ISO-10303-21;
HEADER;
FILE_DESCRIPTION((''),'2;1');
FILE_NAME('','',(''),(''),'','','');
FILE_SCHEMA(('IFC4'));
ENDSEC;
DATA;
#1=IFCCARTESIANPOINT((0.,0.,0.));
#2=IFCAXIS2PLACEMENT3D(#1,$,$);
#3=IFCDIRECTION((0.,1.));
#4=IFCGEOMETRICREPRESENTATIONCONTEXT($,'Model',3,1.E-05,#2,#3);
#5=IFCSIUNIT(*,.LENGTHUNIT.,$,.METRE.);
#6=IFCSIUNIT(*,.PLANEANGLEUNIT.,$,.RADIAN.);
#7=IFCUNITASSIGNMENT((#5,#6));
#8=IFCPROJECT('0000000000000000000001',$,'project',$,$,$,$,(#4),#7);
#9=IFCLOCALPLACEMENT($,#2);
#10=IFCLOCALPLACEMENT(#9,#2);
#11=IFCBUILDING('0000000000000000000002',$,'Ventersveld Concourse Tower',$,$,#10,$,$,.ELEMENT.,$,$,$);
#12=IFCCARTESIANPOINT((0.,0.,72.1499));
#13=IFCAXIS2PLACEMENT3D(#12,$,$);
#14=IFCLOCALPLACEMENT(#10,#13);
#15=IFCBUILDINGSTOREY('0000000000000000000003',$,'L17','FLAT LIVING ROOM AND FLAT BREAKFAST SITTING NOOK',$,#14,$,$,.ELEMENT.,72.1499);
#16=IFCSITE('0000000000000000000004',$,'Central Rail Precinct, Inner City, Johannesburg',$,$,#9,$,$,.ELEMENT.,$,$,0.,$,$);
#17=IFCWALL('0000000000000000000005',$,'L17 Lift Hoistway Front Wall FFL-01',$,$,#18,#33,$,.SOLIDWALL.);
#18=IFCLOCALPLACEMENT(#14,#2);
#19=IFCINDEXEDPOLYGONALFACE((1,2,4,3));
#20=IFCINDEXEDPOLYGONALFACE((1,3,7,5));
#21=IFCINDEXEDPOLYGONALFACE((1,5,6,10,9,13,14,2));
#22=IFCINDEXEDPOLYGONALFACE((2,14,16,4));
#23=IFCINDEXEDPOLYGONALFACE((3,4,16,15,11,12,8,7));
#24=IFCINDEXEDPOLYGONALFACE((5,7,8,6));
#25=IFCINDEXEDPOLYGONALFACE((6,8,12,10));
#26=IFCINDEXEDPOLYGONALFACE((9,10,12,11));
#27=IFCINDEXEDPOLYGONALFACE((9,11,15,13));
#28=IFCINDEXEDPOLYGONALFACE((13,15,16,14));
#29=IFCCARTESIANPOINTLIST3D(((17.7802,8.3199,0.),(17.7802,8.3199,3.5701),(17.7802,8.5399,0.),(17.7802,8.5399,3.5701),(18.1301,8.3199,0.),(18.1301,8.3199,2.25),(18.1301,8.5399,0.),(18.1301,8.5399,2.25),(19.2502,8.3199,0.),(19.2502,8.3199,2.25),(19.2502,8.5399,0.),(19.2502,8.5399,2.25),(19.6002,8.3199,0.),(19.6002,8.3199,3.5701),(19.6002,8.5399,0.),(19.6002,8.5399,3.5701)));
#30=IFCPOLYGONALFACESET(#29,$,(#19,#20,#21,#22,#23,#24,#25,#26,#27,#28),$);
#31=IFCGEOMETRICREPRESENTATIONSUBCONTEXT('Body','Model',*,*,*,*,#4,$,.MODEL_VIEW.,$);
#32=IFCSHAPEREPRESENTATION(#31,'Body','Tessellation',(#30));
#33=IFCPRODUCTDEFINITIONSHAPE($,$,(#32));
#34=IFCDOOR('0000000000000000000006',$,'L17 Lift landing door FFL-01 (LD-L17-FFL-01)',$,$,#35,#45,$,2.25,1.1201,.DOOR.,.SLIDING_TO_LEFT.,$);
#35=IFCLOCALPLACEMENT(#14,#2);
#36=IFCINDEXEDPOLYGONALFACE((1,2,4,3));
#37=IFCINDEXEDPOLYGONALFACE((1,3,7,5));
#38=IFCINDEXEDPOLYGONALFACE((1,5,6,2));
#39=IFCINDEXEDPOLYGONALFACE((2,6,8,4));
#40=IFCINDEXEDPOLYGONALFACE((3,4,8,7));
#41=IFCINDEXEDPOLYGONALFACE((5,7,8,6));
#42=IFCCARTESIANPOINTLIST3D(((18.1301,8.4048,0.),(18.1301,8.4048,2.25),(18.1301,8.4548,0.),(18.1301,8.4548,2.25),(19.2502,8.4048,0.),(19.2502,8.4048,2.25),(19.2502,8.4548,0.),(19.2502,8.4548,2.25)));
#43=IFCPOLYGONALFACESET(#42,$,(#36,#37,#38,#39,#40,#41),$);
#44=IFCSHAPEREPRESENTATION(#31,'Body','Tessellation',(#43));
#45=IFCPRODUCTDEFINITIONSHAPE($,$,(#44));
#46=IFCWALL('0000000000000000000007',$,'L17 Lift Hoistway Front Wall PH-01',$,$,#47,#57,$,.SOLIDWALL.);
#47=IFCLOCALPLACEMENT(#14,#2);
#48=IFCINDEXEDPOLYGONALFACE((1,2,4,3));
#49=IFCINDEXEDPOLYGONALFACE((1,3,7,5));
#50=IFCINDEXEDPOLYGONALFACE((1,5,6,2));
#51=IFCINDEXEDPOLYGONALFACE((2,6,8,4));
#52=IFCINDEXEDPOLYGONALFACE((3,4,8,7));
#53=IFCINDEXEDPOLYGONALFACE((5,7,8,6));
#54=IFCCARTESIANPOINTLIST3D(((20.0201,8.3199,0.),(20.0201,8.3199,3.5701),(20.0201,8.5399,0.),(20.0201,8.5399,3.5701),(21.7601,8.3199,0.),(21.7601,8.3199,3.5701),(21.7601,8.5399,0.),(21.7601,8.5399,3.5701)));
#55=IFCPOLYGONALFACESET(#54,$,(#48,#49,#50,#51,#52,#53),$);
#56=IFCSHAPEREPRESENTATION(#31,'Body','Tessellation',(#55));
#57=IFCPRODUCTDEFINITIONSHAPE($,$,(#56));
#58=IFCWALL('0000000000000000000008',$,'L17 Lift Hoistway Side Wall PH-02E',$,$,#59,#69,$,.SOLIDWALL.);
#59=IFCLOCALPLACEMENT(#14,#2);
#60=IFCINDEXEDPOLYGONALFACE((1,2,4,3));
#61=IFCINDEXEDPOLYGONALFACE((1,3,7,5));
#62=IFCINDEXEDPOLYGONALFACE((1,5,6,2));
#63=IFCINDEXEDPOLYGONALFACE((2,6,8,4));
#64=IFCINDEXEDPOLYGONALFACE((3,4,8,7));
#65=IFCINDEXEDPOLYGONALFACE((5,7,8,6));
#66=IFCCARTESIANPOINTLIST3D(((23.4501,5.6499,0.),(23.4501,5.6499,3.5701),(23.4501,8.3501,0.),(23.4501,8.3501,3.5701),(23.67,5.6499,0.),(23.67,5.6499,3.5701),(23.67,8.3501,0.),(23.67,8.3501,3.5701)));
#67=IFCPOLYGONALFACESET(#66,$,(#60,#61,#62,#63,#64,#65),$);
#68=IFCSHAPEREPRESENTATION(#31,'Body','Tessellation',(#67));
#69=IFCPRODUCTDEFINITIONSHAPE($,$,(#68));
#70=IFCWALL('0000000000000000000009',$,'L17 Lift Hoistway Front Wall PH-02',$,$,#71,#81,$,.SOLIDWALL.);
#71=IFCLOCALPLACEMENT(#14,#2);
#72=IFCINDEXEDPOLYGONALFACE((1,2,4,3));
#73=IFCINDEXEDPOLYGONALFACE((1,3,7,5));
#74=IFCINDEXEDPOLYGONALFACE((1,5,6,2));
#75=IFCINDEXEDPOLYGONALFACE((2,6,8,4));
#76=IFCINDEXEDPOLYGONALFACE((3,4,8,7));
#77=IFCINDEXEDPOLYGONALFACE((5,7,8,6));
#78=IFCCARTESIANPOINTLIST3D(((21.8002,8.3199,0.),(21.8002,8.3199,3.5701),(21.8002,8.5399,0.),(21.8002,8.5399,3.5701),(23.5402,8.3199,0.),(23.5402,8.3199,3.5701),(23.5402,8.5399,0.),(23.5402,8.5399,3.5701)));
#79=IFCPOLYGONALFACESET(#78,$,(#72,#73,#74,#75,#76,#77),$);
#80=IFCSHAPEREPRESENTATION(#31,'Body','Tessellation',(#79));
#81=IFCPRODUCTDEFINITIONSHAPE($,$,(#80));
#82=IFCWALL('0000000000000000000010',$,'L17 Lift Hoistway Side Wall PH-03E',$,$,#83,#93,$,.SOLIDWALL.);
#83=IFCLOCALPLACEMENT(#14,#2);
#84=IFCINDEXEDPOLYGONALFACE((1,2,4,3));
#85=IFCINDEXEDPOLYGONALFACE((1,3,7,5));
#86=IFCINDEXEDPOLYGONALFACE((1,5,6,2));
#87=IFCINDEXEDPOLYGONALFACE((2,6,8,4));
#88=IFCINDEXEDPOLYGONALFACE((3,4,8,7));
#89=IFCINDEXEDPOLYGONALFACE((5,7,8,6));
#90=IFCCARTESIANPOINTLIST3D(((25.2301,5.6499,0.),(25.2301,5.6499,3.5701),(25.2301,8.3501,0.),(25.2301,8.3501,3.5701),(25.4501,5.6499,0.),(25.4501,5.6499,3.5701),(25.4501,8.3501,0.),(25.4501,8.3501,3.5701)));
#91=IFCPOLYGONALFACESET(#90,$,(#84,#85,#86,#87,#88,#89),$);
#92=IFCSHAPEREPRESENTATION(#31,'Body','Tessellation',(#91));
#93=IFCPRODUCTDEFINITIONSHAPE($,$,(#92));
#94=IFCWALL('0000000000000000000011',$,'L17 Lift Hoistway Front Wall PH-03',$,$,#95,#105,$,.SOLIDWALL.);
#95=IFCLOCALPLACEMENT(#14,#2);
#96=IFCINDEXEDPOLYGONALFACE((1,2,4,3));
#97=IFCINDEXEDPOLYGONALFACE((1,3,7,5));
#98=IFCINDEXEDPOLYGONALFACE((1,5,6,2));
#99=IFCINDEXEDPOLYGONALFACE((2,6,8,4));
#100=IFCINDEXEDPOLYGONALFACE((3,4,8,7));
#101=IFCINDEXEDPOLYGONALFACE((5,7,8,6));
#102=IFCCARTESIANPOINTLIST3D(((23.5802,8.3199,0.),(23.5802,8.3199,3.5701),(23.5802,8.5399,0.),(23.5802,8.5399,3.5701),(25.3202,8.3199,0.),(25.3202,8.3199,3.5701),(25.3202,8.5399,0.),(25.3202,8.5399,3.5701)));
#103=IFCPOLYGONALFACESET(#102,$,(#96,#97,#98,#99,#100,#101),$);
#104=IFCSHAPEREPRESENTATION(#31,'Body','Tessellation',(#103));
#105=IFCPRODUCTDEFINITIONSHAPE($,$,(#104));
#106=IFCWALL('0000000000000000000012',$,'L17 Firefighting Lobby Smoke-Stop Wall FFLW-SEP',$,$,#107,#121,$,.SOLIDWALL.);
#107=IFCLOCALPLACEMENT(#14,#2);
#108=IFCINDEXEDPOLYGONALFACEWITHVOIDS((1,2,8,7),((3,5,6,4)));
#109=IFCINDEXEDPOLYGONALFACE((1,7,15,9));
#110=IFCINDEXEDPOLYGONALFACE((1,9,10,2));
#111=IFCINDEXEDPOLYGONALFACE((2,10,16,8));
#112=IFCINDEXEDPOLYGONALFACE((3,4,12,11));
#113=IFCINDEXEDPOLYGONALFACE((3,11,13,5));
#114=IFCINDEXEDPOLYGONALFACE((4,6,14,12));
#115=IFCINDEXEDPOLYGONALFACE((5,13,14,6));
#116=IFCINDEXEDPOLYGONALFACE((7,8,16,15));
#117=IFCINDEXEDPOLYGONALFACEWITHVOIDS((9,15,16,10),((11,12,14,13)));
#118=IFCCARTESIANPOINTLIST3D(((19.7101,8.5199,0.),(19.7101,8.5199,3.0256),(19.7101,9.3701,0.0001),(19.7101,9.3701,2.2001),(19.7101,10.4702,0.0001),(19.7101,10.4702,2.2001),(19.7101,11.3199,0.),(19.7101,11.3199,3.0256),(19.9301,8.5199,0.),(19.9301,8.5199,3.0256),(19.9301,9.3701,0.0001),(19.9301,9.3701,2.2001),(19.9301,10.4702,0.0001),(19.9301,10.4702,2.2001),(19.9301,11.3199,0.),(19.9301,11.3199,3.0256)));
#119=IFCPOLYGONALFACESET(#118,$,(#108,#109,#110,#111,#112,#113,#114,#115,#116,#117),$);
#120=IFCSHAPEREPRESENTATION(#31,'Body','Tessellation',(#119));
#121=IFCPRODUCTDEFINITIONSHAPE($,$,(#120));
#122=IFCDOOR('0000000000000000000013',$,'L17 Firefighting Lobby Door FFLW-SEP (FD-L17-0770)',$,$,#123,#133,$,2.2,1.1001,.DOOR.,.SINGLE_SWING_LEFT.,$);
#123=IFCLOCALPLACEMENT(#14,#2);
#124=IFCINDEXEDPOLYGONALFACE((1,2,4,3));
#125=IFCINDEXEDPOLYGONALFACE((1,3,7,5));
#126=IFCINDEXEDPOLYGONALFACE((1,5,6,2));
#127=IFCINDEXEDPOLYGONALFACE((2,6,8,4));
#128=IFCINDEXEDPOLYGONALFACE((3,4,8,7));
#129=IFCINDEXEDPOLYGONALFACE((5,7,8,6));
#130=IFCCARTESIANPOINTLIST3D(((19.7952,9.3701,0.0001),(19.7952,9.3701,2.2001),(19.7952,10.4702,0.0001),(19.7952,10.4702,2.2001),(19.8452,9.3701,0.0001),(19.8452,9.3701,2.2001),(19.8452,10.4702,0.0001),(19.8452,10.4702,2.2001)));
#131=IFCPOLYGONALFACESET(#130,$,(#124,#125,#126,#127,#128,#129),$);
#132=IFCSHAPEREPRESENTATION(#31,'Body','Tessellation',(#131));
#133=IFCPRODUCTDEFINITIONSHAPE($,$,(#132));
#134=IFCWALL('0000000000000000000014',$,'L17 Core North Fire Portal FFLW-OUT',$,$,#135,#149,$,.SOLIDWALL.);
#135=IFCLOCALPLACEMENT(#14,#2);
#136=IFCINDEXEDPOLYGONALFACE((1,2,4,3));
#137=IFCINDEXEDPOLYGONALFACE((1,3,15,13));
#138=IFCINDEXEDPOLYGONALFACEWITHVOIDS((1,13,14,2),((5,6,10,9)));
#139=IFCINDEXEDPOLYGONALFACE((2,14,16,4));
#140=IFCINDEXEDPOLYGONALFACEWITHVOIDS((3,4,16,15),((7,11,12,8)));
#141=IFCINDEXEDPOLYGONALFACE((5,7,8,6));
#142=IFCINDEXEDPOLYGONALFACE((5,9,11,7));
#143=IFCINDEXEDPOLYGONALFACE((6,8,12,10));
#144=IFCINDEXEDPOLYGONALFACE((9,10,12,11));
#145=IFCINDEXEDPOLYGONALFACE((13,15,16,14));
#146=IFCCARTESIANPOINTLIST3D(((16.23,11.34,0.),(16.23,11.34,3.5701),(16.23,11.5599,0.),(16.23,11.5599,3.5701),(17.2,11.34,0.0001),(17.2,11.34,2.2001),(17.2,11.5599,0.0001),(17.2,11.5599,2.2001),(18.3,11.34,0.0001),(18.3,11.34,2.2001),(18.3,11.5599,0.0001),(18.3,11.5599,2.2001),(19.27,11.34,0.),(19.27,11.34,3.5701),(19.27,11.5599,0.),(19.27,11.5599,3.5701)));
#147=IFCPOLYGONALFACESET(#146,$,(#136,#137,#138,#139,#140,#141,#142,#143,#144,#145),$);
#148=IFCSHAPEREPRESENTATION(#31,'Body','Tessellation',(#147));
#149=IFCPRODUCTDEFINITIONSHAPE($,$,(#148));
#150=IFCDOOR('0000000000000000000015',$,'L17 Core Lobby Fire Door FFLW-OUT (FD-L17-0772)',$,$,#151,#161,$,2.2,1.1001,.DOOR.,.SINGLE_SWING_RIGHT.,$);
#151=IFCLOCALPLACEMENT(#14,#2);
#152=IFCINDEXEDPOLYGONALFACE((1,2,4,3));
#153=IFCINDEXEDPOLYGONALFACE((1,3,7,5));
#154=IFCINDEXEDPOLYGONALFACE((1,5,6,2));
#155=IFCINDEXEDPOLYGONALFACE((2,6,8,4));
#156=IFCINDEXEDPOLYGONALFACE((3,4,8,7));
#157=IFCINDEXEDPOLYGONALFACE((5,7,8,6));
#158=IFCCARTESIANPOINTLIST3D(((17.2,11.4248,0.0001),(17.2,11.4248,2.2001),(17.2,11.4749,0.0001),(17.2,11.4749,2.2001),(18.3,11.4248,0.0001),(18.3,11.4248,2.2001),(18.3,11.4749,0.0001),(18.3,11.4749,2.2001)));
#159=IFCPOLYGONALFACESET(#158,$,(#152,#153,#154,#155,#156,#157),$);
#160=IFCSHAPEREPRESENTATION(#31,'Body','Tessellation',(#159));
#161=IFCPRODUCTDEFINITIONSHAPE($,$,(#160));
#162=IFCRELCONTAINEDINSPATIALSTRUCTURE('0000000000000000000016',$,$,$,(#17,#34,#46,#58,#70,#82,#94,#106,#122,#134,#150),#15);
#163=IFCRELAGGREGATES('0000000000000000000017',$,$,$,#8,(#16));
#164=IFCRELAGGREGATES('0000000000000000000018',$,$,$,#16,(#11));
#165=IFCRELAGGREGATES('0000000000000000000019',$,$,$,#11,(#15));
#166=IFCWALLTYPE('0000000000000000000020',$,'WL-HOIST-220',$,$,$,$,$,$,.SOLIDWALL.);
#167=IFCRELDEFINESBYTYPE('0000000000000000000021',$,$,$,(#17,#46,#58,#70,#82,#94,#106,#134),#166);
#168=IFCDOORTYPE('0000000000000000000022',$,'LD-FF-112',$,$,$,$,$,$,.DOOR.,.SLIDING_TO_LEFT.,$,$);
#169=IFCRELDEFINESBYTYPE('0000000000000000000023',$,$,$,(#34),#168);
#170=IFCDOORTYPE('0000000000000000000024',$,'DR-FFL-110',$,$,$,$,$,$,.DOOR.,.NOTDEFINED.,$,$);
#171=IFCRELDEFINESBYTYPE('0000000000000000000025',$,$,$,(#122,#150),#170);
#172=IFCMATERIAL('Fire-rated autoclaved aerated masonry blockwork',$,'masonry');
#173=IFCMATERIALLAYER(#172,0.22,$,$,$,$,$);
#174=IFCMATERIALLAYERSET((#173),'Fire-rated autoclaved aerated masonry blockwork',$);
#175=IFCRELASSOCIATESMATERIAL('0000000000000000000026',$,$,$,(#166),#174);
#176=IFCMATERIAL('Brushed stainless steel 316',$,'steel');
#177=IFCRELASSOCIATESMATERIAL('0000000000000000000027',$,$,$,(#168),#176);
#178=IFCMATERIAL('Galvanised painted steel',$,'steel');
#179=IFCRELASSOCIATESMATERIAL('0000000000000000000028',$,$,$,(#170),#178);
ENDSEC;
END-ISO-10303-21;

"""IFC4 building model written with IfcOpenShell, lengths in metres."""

from ifc_helpers import new_model, si_unit, direction, frame, frame_2d, origin, place, context, subcontext, project, spatial, rectangle, extrude, material, layer, layer_set, type_object, element, fill, save


model = new_model("IFC4")

# Units and contexts
model_context = context("Model", 3, precision=1e-05, world=origin(), true_north=direction((0.0, 1.0)))
body_context = subcontext(model_context, "Body", "Model", "MODEL_VIEW")
ifc_project = project(units=[si_unit("LENGTHUNIT", "METRE"), si_unit("PLANEANGLEUNIT", "RADIAN")], contexts=[model_context])

# Site, building, storey
site_placement = place(None, origin())
site = spatial("IfcSite", under=ifc_project, at=site_placement, Name="Central Rail Precinct, Inner City, Johannesburg", CompositionType="ELEMENT", RefElevation=0.0)
building_placement = place(site_placement, origin())
building = spatial("IfcBuilding", under=site, at=building_placement, Name="Ventersveld Concourse Tower", CompositionType="ELEMENT")
storey_placement = place(building_placement, frame((0.0, 0.0, 72.1499)))
storey = spatial("IfcBuildingStorey", under=building, at=storey_placement, Name="L17", Description="FLAT LIVING ROOM AND FLAT BREAKFAST SITTING NOOK", CompositionType="ELEMENT", Elevation=72.1499)

# Shared definitions
ifc_material_1 = material(Name="Fire-rated autoclaved aerated masonry blockwork", Category="masonry")

# Wall, opening, door
ifc_layer_1 = layer(ifc_material_1, 0.22)
ifc_layer_set_1 = layer_set([ifc_layer_1], Name="Fire-rated autoclaved aerated masonry blockwork")
wall_type_1 = type_object("IfcWallType", Name="WL-HOIST-220", PredefinedType="SOLIDWALL", material=ifc_layer_set_1)
wall_1_placement = place(storey_placement, frame((17.78, 8.4299, 0.0), z_axis=(0.0, 0.0, 1.0), x_axis=(1.0, 0.0, 0.0)))
wall_1 = element("IfcWall", 1, at=wall_1_placement, inside=storey, type_object=wall_type_1, Name="L17 Lift Hoistway Front Wall FFL-01", PredefinedType="SOLIDWALL", context=body_context, shape_type="SweptSolid", body=[
    extrude(rectangle(XDim=1.8201, YDim=0.22, at=frame_2d((0.9102, 0.0))), origin(), (0.0, 0.0, 1.0), 3.5701),
])
opening_1_placement = place(wall_1_placement, frame((0.3501, 0.0, 0.0)))
opening_1 = element("IfcOpeningElement", 2, at=opening_1_placement, cuts=wall_1, PredefinedType="OPENING", context=body_context, shape_type="SweptSolid", body=[
    extrude(rectangle(XDim=1.1201, YDim=2.25, at=frame_2d((0.5601, 1.125))), frame((0.0, 0.1201, 0.0), z_axis=(0.0, -1.0, 0.0), x_axis=(1.0, 0.0, 0.0)), (0.0, 0.0, 1.0), 0.24),
])
ifc_material_2 = material(Name="Brushed stainless steel 316", Category="steel")
door_type_1 = type_object("IfcDoorType", Name="LD-FF-112", OperationType="SLIDING_TO_LEFT", PredefinedType="DOOR", material=ifc_material_2)
door_1_placement = place(opening_1_placement, origin())
door_1 = element("IfcDoor", 3, at=door_1_placement, inside=storey, type_object=door_type_1, Name="L17 Lift landing door FFL-01 (LD-L17-FFL-01)", OperationType="SLIDING_TO_LEFT", OverallHeight=2.25, OverallWidth=1.1201, PredefinedType="DOOR", context=body_context, shape_type="SweptSolid", body=[
    extrude(rectangle(XDim=1.1201, YDim=2.25, at=frame_2d((0.5601, 1.125))), frame((0.0, 0.0249, 0.0), z_axis=(0.0, -1.0, 0.0), x_axis=(1.0, 0.0, 0.0)), (0.0, 0.0, 1.0), 0.05),
])
fill(opening_1, door_1)

# Walls
wall_2_placement = place(storey_placement, frame((20.02, 8.4299, 0.0), z_axis=(0.0, 0.0, 1.0), x_axis=(1.0, 0.0, 0.0)))
element("IfcWall", 4, at=wall_2_placement, inside=storey, type_object=wall_type_1, Name="L17 Lift Hoistway Front Wall PH-01", PredefinedType="SOLIDWALL", context=body_context, shape_type="SweptSolid", body=[
    extrude(rectangle(XDim=1.74, YDim=0.22, at=frame_2d((0.8701, 0.0))), origin(), (0.0, 0.0, 1.0), 3.5701),
])
wall_3_placement = place(storey_placement, frame((23.5601, 5.6499, 0.0), z_axis=(0.0, 0.0, 1.0), x_axis=(0.0, 1.0, 0.0)))
element("IfcWall", 5, at=wall_3_placement, inside=storey, type_object=wall_type_1, Name="L17 Lift Hoistway Side Wall PH-02E", PredefinedType="SOLIDWALL", context=body_context, shape_type="SweptSolid", body=[
    extrude(rectangle(XDim=2.7002, YDim=0.22, at=frame_2d((1.3501, 0.0))), origin(), (0.0, 0.0, 1.0), 3.5701),
])
wall_4_placement = place(storey_placement, frame((21.8, 8.4299, 0.0), z_axis=(0.0, 0.0, 1.0), x_axis=(1.0, 0.0, 0.0)))
element("IfcWall", 6, at=wall_4_placement, inside=storey, type_object=wall_type_1, Name="L17 Lift Hoistway Front Wall PH-02", PredefinedType="SOLIDWALL", context=body_context, shape_type="SweptSolid", body=[
    extrude(rectangle(XDim=1.74, YDim=0.22, at=frame_2d((0.8701, 0.0))), origin(), (0.0, 0.0, 1.0), 3.5701),
])
wall_5_placement = place(storey_placement, frame((25.3401, 5.6499, 0.0), z_axis=(0.0, 0.0, 1.0), x_axis=(0.0, 1.0, 0.0)))
element("IfcWall", 7, at=wall_5_placement, inside=storey, type_object=wall_type_1, Name="L17 Lift Hoistway Side Wall PH-03E", PredefinedType="SOLIDWALL", context=body_context, shape_type="SweptSolid", body=[
    extrude(rectangle(XDim=2.7002, YDim=0.22, at=frame_2d((1.3501, 0.0))), origin(), (0.0, 0.0, 1.0), 3.5701),
])
wall_6_placement = place(storey_placement, frame((23.5801, 8.4299, 0.0), z_axis=(0.0, 0.0, 1.0), x_axis=(1.0, 0.0, 0.0)))
element("IfcWall", 8, at=wall_6_placement, inside=storey, type_object=wall_type_1, Name="L17 Lift Hoistway Front Wall PH-03", PredefinedType="SOLIDWALL", context=body_context, shape_type="SweptSolid", body=[
    extrude(rectangle(XDim=1.74, YDim=0.22, at=frame_2d((0.8701, 0.0))), origin(), (0.0, 0.0, 1.0), 3.5701),
])

# Walls, openings, doors
wall_7_placement = place(storey_placement, frame((19.8201, 8.52, 0.0), z_axis=(0.0, 0.0, 1.0), x_axis=(0.0, 1.0, 0.0)))
wall_7 = element("IfcWall", 9, at=wall_7_placement, inside=storey, type_object=wall_type_1, Name="L17 Firefighting Lobby Smoke-Stop Wall FFLW-SEP", PredefinedType="SOLIDWALL", context=body_context, shape_type="SweptSolid", body=[
    extrude(rectangle(XDim=2.8, YDim=0.22, at=frame_2d((1.3999, 0.0))), origin(), (0.0, 0.0, 1.0), 3.0256),
])
opening_2_placement = place(wall_7_placement, frame((0.8501, 0.0, 0.0)))
opening_2 = element("IfcOpeningElement", 10, at=opening_2_placement, cuts=wall_7, PredefinedType="OPENING", context=body_context, shape_type="SweptSolid", body=[
    extrude(rectangle(XDim=1.1001, YDim=2.2, at=frame_2d((0.55, 1.1001))), frame((0.0, 0.1201, 0.0), z_axis=(0.0, -1.0, 0.0), x_axis=(1.0, 0.0, 0.0)), (0.0, 0.0, 1.0), 0.24),
])
ifc_material_3 = material(Name="Galvanised painted steel", Category="steel")
door_type_2 = type_object("IfcDoorType", Name="DR-FFL-110", OperationType="NOTDEFINED", PredefinedType="DOOR", material=ifc_material_3)
door_2_placement = place(opening_2_placement, origin())
door_2 = element("IfcDoor", 11, at=door_2_placement, inside=storey, type_object=door_type_2, Name="L17 Firefighting Lobby Door FFLW-SEP (FD-L17-0770)", OperationType="SINGLE_SWING_LEFT", OverallHeight=2.2, OverallWidth=1.1001, PredefinedType="DOOR", context=body_context, shape_type="SweptSolid", body=[
    extrude(rectangle(XDim=1.1001, YDim=2.2, at=frame_2d((0.55, 1.1001))), frame((0.0, 0.0249, 0.0), z_axis=(0.0, -1.0, 0.0), x_axis=(1.0, 0.0, 0.0)), (0.0, 0.0, 1.0), 0.05),
])
fill(opening_2, door_2)
wall_8_placement = place(storey_placement, frame((16.23, 11.45, 0.0), z_axis=(0.0, 0.0, 1.0), x_axis=(1.0, 0.0, 0.0)))
wall_8 = element("IfcWall", 12, at=wall_8_placement, inside=storey, type_object=wall_type_1, Name="L17 Core North Fire Portal FFLW-OUT", PredefinedType="SOLIDWALL", context=body_context, shape_type="SweptSolid", body=[
    extrude(rectangle(XDim=3.04, YDim=0.22, at=frame_2d((1.52, 0.0))), origin(), (0.0, 0.0, 1.0), 3.5701),
])
opening_3_placement = place(wall_8_placement, frame((0.97, 0.0, 0.0)))
opening_3 = element("IfcOpeningElement", 13, at=opening_3_placement, cuts=wall_8, PredefinedType="OPENING", context=body_context, shape_type="SweptSolid", body=[
    extrude(rectangle(XDim=1.1001, YDim=2.2, at=frame_2d((0.55, 1.1001))), frame((0.0, 0.1201, 0.0), z_axis=(0.0, -1.0, 0.0), x_axis=(1.0, 0.0, 0.0)), (0.0, 0.0, 1.0), 0.24),
])
door_3_placement = place(opening_3_placement, origin())
door_3 = element("IfcDoor", 14, at=door_3_placement, inside=storey, type_object=door_type_2, Name="L17 Core Lobby Fire Door FFLW-OUT (FD-L17-0772)", OperationType="SINGLE_SWING_RIGHT", OverallHeight=2.2, OverallWidth=1.1001, PredefinedType="DOOR", context=body_context, shape_type="SweptSolid", body=[
    extrude(rectangle(XDim=1.1001, YDim=2.2, at=frame_2d((0.55, 1.1001))), frame((0.0, 0.0249, 0.0), z_axis=(0.0, -1.0, 0.0), x_axis=(1.0, 0.0, 0.0)), (0.0, 0.0, 1.0), 0.05),
])
fill(opening_3, door_3)

save(model, "model.ifc")
